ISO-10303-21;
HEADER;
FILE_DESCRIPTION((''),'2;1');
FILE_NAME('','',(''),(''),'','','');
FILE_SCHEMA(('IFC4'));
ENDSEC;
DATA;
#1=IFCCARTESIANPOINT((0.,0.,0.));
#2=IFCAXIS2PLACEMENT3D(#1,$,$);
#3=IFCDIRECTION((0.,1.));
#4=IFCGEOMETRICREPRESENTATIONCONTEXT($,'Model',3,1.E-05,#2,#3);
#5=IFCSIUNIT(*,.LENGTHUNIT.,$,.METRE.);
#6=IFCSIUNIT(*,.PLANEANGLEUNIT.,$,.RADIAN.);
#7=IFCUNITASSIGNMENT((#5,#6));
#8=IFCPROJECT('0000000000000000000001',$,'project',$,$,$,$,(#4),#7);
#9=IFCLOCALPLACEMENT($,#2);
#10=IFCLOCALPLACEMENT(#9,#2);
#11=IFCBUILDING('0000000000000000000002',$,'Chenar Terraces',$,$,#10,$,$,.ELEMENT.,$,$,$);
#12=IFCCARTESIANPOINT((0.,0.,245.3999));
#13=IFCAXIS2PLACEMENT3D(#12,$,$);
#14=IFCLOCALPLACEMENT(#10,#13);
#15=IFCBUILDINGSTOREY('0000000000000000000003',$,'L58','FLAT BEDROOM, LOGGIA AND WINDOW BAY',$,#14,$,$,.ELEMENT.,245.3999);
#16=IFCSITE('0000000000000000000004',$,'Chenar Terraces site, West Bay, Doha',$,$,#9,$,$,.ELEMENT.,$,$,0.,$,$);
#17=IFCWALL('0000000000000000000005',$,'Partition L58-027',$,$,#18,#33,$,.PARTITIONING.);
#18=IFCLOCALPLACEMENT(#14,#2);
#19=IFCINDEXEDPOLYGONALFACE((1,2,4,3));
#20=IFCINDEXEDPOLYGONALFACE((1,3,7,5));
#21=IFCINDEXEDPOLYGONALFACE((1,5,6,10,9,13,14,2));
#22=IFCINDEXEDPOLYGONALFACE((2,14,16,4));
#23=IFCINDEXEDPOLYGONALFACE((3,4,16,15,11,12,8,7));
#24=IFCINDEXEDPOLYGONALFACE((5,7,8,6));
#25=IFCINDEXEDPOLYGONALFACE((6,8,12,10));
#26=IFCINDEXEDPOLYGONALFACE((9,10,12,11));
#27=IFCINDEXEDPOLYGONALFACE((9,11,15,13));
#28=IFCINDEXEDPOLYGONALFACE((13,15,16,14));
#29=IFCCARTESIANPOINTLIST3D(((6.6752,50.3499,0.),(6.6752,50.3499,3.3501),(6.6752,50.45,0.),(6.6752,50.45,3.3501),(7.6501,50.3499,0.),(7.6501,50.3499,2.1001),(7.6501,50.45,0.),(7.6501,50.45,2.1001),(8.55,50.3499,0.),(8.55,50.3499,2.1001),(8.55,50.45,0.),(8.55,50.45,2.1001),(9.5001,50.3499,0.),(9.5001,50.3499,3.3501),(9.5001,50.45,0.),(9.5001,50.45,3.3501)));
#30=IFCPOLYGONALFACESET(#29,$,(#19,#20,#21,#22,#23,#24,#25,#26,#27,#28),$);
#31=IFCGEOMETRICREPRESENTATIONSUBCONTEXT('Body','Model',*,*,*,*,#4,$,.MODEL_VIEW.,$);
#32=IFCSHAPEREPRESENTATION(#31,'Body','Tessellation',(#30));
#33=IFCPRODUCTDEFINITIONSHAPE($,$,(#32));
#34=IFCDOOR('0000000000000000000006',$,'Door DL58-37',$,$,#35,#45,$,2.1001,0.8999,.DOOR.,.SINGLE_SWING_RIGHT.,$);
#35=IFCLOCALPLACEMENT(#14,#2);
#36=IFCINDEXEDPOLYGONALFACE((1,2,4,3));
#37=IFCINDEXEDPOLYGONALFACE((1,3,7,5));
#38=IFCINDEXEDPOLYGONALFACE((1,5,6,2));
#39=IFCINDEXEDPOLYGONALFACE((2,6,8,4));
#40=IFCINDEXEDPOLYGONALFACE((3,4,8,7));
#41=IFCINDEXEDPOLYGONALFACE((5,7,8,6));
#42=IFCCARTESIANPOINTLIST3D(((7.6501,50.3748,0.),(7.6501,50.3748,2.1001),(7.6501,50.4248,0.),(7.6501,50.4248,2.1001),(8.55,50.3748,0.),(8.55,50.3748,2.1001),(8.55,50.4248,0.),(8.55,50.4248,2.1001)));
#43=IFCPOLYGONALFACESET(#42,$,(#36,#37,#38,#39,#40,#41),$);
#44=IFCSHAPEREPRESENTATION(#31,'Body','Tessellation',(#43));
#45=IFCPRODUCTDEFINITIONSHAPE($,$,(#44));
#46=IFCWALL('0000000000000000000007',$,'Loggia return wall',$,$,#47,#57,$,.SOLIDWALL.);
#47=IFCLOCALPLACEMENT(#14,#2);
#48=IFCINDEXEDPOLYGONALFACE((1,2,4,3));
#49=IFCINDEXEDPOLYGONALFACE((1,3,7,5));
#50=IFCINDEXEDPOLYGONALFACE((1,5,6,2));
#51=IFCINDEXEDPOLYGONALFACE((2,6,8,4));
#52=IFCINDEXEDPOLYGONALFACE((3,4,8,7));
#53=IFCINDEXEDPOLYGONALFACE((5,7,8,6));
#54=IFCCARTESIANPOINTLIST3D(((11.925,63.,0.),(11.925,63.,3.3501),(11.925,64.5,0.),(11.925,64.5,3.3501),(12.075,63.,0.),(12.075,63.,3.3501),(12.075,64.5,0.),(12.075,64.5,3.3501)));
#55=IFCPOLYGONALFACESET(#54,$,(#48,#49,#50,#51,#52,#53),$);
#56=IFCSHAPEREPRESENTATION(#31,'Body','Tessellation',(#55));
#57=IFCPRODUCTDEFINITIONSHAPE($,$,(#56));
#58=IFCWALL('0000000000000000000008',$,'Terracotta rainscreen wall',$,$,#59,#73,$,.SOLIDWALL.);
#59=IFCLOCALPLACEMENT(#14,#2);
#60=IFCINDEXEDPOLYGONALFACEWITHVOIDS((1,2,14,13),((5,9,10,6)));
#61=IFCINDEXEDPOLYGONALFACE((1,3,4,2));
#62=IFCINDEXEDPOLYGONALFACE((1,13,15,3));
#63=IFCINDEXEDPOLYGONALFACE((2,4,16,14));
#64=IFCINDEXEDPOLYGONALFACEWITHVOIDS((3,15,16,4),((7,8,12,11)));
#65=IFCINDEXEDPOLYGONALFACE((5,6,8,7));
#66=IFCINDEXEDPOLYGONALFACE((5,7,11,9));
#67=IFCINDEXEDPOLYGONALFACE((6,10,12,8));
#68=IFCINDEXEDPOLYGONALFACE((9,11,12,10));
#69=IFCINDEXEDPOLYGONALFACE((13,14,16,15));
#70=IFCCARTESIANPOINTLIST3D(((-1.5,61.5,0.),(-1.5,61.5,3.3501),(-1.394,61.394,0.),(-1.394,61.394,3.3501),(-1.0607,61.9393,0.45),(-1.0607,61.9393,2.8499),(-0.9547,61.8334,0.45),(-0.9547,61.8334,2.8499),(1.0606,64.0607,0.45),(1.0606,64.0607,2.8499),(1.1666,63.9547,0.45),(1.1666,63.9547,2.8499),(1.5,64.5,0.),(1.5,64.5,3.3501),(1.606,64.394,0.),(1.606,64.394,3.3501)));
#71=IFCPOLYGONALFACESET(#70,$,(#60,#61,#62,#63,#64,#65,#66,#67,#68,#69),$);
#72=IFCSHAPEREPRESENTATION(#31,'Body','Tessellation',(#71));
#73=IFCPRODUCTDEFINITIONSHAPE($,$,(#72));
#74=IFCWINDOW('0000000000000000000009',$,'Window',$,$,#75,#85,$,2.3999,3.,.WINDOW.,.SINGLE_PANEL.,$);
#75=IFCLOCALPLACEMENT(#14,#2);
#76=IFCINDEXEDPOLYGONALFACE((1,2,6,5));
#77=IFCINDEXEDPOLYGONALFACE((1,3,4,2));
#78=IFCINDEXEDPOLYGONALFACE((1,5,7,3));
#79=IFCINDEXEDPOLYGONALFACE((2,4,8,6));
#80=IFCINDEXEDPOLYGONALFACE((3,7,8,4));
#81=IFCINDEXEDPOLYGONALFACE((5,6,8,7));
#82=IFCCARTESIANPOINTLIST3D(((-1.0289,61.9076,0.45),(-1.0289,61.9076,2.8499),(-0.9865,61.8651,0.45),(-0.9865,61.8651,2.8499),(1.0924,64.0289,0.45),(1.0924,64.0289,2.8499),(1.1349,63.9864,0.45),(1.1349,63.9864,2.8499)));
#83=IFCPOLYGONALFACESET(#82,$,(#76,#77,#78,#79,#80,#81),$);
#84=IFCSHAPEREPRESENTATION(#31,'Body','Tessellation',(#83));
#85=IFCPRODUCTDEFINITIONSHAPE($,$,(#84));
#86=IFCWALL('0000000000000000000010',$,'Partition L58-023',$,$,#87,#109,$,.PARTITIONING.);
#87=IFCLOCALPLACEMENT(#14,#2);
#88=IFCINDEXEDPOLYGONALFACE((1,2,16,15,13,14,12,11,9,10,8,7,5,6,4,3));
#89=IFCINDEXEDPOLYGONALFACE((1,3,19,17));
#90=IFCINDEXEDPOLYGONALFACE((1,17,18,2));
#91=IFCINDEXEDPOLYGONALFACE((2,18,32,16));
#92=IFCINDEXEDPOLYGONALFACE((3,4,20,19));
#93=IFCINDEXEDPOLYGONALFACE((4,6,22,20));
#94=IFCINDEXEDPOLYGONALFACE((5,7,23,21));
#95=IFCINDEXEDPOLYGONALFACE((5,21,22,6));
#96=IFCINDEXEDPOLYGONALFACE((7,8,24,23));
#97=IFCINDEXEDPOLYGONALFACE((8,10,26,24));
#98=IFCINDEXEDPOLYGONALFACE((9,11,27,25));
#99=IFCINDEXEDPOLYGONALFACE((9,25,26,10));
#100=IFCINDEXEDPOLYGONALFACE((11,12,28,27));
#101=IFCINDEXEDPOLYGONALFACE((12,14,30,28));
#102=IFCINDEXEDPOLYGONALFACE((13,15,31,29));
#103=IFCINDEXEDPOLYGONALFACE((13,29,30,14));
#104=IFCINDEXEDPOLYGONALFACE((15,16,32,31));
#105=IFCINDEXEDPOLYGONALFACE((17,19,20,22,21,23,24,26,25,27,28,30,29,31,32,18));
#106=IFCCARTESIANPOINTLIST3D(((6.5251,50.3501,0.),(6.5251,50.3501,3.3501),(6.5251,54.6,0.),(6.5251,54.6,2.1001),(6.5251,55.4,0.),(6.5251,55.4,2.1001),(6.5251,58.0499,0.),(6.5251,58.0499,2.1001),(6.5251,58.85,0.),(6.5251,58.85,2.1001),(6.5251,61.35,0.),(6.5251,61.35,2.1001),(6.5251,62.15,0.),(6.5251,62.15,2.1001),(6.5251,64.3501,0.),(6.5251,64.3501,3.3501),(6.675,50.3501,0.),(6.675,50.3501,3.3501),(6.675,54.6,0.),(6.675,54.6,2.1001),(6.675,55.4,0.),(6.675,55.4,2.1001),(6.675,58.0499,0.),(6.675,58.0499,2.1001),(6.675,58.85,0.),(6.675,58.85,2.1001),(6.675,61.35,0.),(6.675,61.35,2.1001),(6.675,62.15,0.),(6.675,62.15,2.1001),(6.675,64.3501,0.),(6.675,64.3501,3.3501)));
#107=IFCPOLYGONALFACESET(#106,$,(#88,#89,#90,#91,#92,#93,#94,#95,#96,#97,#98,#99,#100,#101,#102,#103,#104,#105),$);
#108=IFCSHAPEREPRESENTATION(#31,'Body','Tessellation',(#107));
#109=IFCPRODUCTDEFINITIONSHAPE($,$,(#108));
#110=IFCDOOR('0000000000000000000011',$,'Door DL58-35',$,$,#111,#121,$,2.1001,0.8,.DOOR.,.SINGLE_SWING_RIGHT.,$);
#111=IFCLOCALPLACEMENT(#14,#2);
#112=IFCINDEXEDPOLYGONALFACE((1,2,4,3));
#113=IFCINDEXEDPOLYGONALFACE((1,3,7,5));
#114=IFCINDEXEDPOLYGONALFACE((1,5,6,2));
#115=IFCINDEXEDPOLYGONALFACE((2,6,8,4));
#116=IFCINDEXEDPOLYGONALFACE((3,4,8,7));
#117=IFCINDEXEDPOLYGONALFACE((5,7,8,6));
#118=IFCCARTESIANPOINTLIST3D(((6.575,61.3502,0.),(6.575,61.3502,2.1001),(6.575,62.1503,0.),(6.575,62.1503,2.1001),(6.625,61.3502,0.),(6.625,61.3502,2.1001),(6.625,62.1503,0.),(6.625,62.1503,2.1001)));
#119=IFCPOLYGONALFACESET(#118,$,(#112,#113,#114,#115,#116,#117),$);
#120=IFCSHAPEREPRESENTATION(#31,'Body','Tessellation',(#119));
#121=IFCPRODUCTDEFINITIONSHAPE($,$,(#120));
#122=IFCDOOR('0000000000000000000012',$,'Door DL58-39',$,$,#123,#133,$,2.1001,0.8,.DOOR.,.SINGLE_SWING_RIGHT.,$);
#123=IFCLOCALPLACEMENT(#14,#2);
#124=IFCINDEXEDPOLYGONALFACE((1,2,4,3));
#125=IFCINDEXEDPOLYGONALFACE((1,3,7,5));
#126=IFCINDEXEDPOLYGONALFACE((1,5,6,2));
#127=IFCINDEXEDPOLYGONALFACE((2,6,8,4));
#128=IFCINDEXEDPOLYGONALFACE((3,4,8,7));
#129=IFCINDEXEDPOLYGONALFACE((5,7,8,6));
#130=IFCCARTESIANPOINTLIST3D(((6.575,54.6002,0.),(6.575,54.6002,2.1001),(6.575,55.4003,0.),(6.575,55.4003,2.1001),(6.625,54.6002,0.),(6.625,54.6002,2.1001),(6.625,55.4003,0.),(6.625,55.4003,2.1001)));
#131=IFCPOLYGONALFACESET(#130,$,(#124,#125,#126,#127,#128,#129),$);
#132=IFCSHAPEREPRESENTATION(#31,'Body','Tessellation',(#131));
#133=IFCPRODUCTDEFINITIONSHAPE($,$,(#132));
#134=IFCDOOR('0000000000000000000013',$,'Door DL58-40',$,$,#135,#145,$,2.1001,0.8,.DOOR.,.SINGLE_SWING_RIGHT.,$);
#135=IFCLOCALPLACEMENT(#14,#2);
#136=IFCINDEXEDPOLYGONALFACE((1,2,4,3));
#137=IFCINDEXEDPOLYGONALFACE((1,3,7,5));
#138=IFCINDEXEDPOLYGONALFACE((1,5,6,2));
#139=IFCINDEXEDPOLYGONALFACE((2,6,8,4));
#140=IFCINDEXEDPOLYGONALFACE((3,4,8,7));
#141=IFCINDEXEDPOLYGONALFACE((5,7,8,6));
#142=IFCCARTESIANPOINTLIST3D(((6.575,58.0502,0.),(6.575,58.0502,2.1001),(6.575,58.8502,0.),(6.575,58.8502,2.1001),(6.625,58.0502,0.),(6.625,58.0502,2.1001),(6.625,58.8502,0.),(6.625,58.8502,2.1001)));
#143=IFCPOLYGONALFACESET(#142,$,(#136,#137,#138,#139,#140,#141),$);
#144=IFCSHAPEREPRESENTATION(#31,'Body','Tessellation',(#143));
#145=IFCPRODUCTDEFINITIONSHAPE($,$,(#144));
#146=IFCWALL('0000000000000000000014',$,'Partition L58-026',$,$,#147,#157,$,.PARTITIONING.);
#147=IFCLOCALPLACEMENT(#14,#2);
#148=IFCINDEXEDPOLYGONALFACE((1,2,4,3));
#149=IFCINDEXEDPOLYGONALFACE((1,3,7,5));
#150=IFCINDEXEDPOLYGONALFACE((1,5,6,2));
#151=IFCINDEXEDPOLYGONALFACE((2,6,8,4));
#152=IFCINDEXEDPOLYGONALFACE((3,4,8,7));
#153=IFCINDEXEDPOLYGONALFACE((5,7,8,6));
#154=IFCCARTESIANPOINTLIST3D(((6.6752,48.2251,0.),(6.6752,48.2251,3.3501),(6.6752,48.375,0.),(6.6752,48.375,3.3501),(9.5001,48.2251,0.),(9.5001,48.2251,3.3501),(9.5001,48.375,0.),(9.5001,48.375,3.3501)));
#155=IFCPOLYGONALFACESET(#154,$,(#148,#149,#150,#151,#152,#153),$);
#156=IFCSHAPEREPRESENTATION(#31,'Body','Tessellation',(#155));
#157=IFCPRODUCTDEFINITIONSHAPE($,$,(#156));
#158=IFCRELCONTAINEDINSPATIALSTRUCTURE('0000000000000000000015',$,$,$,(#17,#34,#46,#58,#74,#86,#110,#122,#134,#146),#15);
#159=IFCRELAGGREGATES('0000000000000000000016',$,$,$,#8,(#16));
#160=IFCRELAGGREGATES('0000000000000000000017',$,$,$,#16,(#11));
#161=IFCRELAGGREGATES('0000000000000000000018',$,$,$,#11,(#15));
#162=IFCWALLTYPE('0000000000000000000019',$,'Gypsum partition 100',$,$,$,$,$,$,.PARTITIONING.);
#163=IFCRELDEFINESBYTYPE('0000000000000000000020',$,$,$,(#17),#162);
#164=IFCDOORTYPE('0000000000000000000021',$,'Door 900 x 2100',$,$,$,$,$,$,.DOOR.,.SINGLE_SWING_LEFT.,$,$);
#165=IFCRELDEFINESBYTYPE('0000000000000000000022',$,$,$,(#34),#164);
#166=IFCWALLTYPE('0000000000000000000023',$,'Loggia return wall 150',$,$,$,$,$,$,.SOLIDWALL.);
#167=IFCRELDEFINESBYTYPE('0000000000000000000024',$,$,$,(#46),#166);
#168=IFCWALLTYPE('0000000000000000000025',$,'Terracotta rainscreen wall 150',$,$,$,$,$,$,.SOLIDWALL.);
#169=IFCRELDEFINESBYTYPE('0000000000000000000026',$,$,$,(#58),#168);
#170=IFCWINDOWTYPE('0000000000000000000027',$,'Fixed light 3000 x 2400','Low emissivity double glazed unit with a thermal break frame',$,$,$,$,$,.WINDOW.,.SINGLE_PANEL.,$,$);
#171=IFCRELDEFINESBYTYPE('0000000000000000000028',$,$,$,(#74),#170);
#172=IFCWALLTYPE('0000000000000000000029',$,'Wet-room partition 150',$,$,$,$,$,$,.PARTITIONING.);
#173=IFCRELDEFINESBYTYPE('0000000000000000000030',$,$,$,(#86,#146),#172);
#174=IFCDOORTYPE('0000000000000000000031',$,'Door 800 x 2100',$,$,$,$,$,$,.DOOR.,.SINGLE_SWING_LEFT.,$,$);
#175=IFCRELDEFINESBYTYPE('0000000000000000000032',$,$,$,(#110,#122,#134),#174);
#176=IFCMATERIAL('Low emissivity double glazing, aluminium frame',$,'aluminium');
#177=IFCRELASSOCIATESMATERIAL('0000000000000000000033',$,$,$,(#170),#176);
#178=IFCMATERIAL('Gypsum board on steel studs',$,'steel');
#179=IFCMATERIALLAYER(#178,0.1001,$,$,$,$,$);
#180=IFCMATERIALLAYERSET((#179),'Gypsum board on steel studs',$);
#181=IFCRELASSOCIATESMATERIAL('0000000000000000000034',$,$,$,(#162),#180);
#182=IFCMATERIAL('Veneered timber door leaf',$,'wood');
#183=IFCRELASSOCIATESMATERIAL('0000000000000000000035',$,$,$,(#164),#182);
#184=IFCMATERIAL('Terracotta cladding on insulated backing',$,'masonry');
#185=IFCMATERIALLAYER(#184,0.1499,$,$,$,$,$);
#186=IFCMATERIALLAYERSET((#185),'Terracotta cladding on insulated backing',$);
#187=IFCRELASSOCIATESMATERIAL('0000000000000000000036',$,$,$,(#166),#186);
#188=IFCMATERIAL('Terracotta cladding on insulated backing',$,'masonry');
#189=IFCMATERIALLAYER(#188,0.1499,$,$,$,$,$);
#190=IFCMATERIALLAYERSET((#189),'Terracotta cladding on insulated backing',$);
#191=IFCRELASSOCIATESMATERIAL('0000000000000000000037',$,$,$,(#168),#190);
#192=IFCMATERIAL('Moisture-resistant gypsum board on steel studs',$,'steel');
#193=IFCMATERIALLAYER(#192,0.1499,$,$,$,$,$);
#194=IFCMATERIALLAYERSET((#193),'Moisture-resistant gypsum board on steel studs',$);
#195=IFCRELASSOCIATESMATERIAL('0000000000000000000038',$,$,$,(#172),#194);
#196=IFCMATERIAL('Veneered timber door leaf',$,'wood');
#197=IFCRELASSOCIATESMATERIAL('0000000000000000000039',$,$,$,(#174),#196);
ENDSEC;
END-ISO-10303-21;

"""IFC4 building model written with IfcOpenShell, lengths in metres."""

from ifc_helpers import new_model, si_unit, direction, frame, frame_2d, origin, place, context, subcontext, project, spatial, rectangle, extrude, material, layer, layer_set, type_object, element, fill, save


model = new_model("IFC4")

# Units and contexts
model_context = context("Model", 3, precision=1e-05, world=origin(), true_north=direction((0.0, 1.0)))
body_context = subcontext(model_context, "Body", "Model", "MODEL_VIEW")
ifc_project = project(units=[si_unit("LENGTHUNIT", "METRE"), si_unit("PLANEANGLEUNIT", "RADIAN")], contexts=[model_context])

# Site, building, storey
site_placement = place(None, origin())
site = spatial("IfcSite", under=ifc_project, at=site_placement, Name="Chenar Terraces site, West Bay, Doha", CompositionType="ELEMENT", RefElevation=0.0)
building_placement = place(site_placement, origin())
building = spatial("IfcBuilding", under=site, at=building_placement, Name="Chenar Terraces", CompositionType="ELEMENT")
storey_placement = place(building_placement, frame((0.0, 0.0, 245.3999)))
storey = spatial("IfcBuildingStorey", under=building, at=storey_placement, Name="L58", Description="FLAT BEDROOM, LOGGIA AND WINDOW BAY", CompositionType="ELEMENT", Elevation=245.3999)

# Shared definitions
ifc_material_1 = material(Name="Low emissivity double glazing, aluminium frame", Category="aluminium")
window_type_1 = type_object("IfcWindowType", Name="Fixed light 3000 x 2400", Description="Low emissivity double glazed unit with a thermal break frame", PartitioningType="SINGLE_PANEL", PredefinedType="WINDOW", material=ifc_material_1)

# Shared definitions
ifc_material_2 = material(Name="Gypsum board on steel studs", Category="steel")
ifc_layer_1 = layer(ifc_material_2, 0.1001)
ifc_layer_set_1 = layer_set([ifc_layer_1], Name="Gypsum board on steel studs")
wall_type_1 = type_object("IfcWallType", Name="Gypsum partition 100", PredefinedType="PARTITIONING", material=ifc_layer_set_1)

# Wall, opening, door
wall_1_placement = place(storey_placement, frame((6.675, 50.3999, 0.0), z_axis=(0.0, 0.0, 1.0), x_axis=(1.0, 0.0, 0.0)))
wall_1 = element("IfcWall", 1, at=wall_1_placement, inside=storey, type_object=wall_type_1, Name="Partition L58-027", PredefinedType="PARTITIONING", context=body_context, shape_type="SweptSolid", body=[
    extrude(rectangle(XDim=2.825, YDim=0.1001, at=frame_2d((1.4126, 0.0))), origin(), (0.0, 0.0, 1.0), 3.3501),
])
opening_1_placement = place(wall_1_placement, frame((0.9751, 0.0, 0.0)))
opening_1 = element("IfcOpeningElement", 2, at=opening_1_placement, cuts=wall_1, PredefinedType="OPENING", context=body_context, shape_type="SweptSolid", body=[
    extrude(rectangle(XDim=0.8999, YDim=2.1001, at=frame_2d((0.45, 1.05))), frame((0.0, 0.0601, 0.0), z_axis=(0.0, -1.0, 0.0), x_axis=(1.0, 0.0, 0.0)), (0.0, 0.0, 1.0), 0.1201),
])
ifc_material_3 = material(Name="Veneered timber door leaf", Category="wood")
door_type_1 = type_object("IfcDoorType", Name="Door 900 x 2100", OperationType="SINGLE_SWING_LEFT", PredefinedType="DOOR", material=ifc_material_3)
door_1_placement = place(opening_1_placement, origin())
door_1 = element("IfcDoor", 3, at=door_1_placement, inside=storey, type_object=door_type_1, Name="Door DL58-37", OperationType="SINGLE_SWING_RIGHT", OverallHeight=2.1001, OverallWidth=0.8999, PredefinedType="DOOR", context=body_context, shape_type="SweptSolid", body=[
    extrude(rectangle(XDim=0.8999, YDim=2.1001, at=frame_2d((0.45, 1.05))), frame((0.0, 0.0249, 0.0), z_axis=(0.0, -1.0, 0.0), x_axis=(1.0, 0.0, 0.0)), (0.0, 0.0, 1.0), 0.05),
])
fill(opening_1, door_1)

# Wall
ifc_material_4 = material(Name="Terracotta cladding on insulated backing", Category="masonry")
ifc_layer_2 = layer(ifc_material_4, 0.1499)
ifc_layer_set_2 = layer_set([ifc_layer_2], Name="Terracotta cladding on insulated backing")
wall_type_2 = type_object("IfcWallType", Name="Loggia return wall 150", PredefinedType="SOLIDWALL", material=ifc_layer_set_2)
wall_2_placement = place(storey_placement, frame((12.0, 64.5, 0.0), z_axis=(0.0, 0.0, 1.0), x_axis=(0.0, -1.0, 0.0)))
element("IfcWall", 4, at=wall_2_placement, inside=storey, type_object=wall_type_2, Name="Loggia return wall", PredefinedType="SOLIDWALL", context=body_context, shape_type="SweptSolid", body=[
    extrude(rectangle(XDim=1.5, YDim=0.1499, at=frame_2d((0.75, 0.0))), origin(), (0.0, 0.0, 1.0), 3.3501),
])

# Wall, opening, window
ifc_material_5 = material(Name="Terracotta cladding on insulated backing", Category="masonry")
ifc_layer_3 = layer(ifc_material_5, 0.1499)
ifc_layer_set_3 = layer_set([ifc_layer_3], Name="Terracotta cladding on insulated backing")
wall_type_3 = type_object("IfcWallType", Name="Terracotta rainscreen wall 150", PredefinedType="SOLIDWALL", material=ifc_layer_set_3)
wall_3_placement = place(storey_placement, frame((1.553, 64.447, 0.0), z_axis=(0.0, 0.0, 1.0), x_axis=(-0.707107, -0.707107, 0.0)))
wall_3 = element("IfcWall", 5, at=wall_3_placement, inside=storey, type_object=wall_type_3, Name="Terracotta rainscreen wall", PredefinedType="SOLIDWALL", context=body_context, shape_type="SweptSolid", body=[
    extrude(rectangle(XDim=4.2427, YDim=0.1499, at=frame_2d((2.1213, 0.0))), origin(), (0.0, 0.0, 1.0), 3.3501),
])
opening_2_placement = place(wall_3_placement, frame((0.6213, 0.0, 0.45)))
opening_2 = element("IfcOpeningElement", 6, at=opening_2_placement, cuts=wall_3, PredefinedType="OPENING", context=body_context, shape_type="SweptSolid", body=[
    extrude(rectangle(XDim=3.0, YDim=2.3999, at=frame_2d((1.5, 1.2))), frame((0.0, 0.085, 0.0), z_axis=(0.0, -1.0, 0.0), x_axis=(1.0, 0.0, 0.0)), (0.0, 0.0, 1.0), 0.1699),
])
window_1_placement = place(opening_2_placement, origin())
window_1 = element("IfcWindow", 7, at=window_1_placement, inside=storey, type_object=window_type_1, Name="Window", OverallHeight=2.3999, OverallWidth=3.0, PartitioningType="SINGLE_PANEL", PredefinedType="WINDOW", context=body_context, shape_type="SweptSolid", body=[
    extrude(rectangle(XDim=3.0, YDim=2.3999, at=frame_2d((1.5, 1.2))), frame((0.0, 0.03, 0.0), z_axis=(0.0, -1.0, 0.0), x_axis=(1.0, 0.0, 0.0)), (0.0, 0.0, 1.0), 0.0601),
])
fill(opening_2, window_1)

# Wall, openings, doors
ifc_material_6 = material(Name="Moisture-resistant gypsum board on steel studs", Category="steel")
ifc_layer_4 = layer(ifc_material_6, 0.1499)
ifc_layer_set_4 = layer_set([ifc_layer_4], Name="Moisture-resistant gypsum board on steel studs")
wall_type_4 = type_object("IfcWallType", Name="Wet-room partition 150", PredefinedType="PARTITIONING", material=ifc_layer_set_4)
wall_4_placement = place(storey_placement, frame((6.6001, 50.3501, 0.0), z_axis=(0.0, 0.0, 1.0), x_axis=(0.0, 1.0, 0.0)))
wall_4 = element("IfcWall", 8, at=wall_4_placement, inside=storey, type_object=wall_type_4, Name="Partition L58-023", PredefinedType="PARTITIONING", context=body_context, shape_type="SweptSolid", body=[
    extrude(rectangle(XDim=14.0, YDim=0.1499, at=frame_2d((7.0, 0.0))), origin(), (0.0, 0.0, 1.0), 3.3501),
])
opening_3_placement = place(wall_4_placement, frame((11.0, 0.0, 0.0)))
opening_3 = element("IfcOpeningElement", 9, at=opening_3_placement, cuts=wall_4, PredefinedType="OPENING", context=body_context, shape_type="SweptSolid", body=[
    extrude(rectangle(XDim=0.8, YDim=2.1001, at=frame_2d((0.3999, 1.05))), frame((0.0, 0.085, 0.0), z_axis=(0.0, -1.0, 0.0), x_axis=(1.0, 0.0, 0.0)), (0.0, 0.0, 1.0), 0.1699),
])
opening_4_placement = place(wall_4_placement, frame((4.25, 0.0, 0.0)))
opening_4 = element("IfcOpeningElement", 10, at=opening_4_placement, cuts=wall_4, PredefinedType="OPENING", context=body_context, shape_type="SweptSolid", body=[
    extrude(rectangle(XDim=0.8, YDim=2.1001, at=frame_2d((0.3999, 1.05))), frame((0.0, 0.085, 0.0), z_axis=(0.0, -1.0, 0.0), x_axis=(1.0, 0.0, 0.0)), (0.0, 0.0, 1.0), 0.1699),
])
opening_5_placement = place(wall_4_placement, frame((7.7, 0.0, 0.0)))
opening_5 = element("IfcOpeningElement", 11, at=opening_5_placement, cuts=wall_4, PredefinedType="OPENING", context=body_context, shape_type="SweptSolid", body=[
    extrude(rectangle(XDim=0.8, YDim=2.1001, at=frame_2d((0.3999, 1.05))), frame((0.0, 0.085, 0.0), z_axis=(0.0, -1.0, 0.0), x_axis=(1.0, 0.0, 0.0)), (0.0, 0.0, 1.0), 0.1699),
])
ifc_material_7 = material(Name="Veneered timber door leaf", Category="wood")
door_type_2 = type_object("IfcDoorType", Name="Door 800 x 2100", OperationType="SINGLE_SWING_LEFT", PredefinedType="DOOR", material=ifc_material_7)
door_2_placement = place(opening_3_placement, frame((0.8, 0.0, 0.0), z_axis=(0.0, 0.0, 1.0), x_axis=(-1.0, 0.0, 0.0)))
door_2 = element("IfcDoor", 12, at=door_2_placement, inside=storey, type_object=door_type_2, Name="Door DL58-35", OperationType="SINGLE_SWING_RIGHT", OverallHeight=2.1001, OverallWidth=0.8, PredefinedType="DOOR", context=body_context, shape_type="SweptSolid", body=[
    extrude(rectangle(XDim=0.8, YDim=2.1001, at=frame_2d((0.3999, 1.05))), frame((0.0, 0.0249, 0.0), z_axis=(0.0, -1.0, 0.0), x_axis=(1.0, 0.0, 0.0)), (0.0, 0.0, 1.0), 0.05),
])
fill(opening_3, door_2)
door_3_placement = place(opening_4_placement, frame((0.8, 0.0, 0.0), z_axis=(0.0, 0.0, 1.0), x_axis=(-1.0, 0.0, 0.0)))
door_3 = element("IfcDoor", 13, at=door_3_placement, inside=storey, type_object=door_type_2, Name="Door DL58-39", OperationType="SINGLE_SWING_RIGHT", OverallHeight=2.1001, OverallWidth=0.8, PredefinedType="DOOR", context=body_context, shape_type="SweptSolid", body=[
    extrude(rectangle(XDim=0.8, YDim=2.1001, at=frame_2d((0.3999, 1.05))), frame((0.0, 0.0249, 0.0), z_axis=(0.0, -1.0, 0.0), x_axis=(1.0, 0.0, 0.0)), (0.0, 0.0, 1.0), 0.05),
])
fill(opening_4, door_3)
door_4_placement = place(opening_5_placement, frame((0.8, 0.0, 0.0), z_axis=(0.0, 0.0, 1.0), x_axis=(-1.0, 0.0, 0.0)))
door_4 = element("IfcDoor", 14, at=door_4_placement, inside=storey, type_object=door_type_2, Name="Door DL58-40", OperationType="SINGLE_SWING_RIGHT", OverallHeight=2.1001, OverallWidth=0.8, PredefinedType="DOOR", context=body_context, shape_type="SweptSolid", body=[
    extrude(rectangle(XDim=0.8, YDim=2.1001, at=frame_2d((0.3999, 1.05))), frame((0.0, 0.0249, 0.0), z_axis=(0.0, -1.0, 0.0), x_axis=(1.0, 0.0, 0.0)), (0.0, 0.0, 1.0), 0.05),
])
fill(opening_5, door_4)

# Wall
for number, where, z_axis, x_axis, name in (
    (15, (6.675, 48.3, 0.0), (0.0, 0.0, 1.0), (1.0, 0.0, 0.0), "Partition L58-026"),
):
    element("IfcWall", number, at=place(storey_placement, frame(where, z_axis=z_axis, x_axis=x_axis)), inside=storey, type_object=wall_type_4, Name=name, PredefinedType="PARTITIONING", context=body_context, shape_type="SweptSolid", body=[
        extrude(rectangle(XDim=2.825, YDim=0.1499, at=frame_2d((1.4126, 0.0))), origin(), (0.0, 0.0, 1.0), 3.3501),
    ])

save(model, "model.ifc")
